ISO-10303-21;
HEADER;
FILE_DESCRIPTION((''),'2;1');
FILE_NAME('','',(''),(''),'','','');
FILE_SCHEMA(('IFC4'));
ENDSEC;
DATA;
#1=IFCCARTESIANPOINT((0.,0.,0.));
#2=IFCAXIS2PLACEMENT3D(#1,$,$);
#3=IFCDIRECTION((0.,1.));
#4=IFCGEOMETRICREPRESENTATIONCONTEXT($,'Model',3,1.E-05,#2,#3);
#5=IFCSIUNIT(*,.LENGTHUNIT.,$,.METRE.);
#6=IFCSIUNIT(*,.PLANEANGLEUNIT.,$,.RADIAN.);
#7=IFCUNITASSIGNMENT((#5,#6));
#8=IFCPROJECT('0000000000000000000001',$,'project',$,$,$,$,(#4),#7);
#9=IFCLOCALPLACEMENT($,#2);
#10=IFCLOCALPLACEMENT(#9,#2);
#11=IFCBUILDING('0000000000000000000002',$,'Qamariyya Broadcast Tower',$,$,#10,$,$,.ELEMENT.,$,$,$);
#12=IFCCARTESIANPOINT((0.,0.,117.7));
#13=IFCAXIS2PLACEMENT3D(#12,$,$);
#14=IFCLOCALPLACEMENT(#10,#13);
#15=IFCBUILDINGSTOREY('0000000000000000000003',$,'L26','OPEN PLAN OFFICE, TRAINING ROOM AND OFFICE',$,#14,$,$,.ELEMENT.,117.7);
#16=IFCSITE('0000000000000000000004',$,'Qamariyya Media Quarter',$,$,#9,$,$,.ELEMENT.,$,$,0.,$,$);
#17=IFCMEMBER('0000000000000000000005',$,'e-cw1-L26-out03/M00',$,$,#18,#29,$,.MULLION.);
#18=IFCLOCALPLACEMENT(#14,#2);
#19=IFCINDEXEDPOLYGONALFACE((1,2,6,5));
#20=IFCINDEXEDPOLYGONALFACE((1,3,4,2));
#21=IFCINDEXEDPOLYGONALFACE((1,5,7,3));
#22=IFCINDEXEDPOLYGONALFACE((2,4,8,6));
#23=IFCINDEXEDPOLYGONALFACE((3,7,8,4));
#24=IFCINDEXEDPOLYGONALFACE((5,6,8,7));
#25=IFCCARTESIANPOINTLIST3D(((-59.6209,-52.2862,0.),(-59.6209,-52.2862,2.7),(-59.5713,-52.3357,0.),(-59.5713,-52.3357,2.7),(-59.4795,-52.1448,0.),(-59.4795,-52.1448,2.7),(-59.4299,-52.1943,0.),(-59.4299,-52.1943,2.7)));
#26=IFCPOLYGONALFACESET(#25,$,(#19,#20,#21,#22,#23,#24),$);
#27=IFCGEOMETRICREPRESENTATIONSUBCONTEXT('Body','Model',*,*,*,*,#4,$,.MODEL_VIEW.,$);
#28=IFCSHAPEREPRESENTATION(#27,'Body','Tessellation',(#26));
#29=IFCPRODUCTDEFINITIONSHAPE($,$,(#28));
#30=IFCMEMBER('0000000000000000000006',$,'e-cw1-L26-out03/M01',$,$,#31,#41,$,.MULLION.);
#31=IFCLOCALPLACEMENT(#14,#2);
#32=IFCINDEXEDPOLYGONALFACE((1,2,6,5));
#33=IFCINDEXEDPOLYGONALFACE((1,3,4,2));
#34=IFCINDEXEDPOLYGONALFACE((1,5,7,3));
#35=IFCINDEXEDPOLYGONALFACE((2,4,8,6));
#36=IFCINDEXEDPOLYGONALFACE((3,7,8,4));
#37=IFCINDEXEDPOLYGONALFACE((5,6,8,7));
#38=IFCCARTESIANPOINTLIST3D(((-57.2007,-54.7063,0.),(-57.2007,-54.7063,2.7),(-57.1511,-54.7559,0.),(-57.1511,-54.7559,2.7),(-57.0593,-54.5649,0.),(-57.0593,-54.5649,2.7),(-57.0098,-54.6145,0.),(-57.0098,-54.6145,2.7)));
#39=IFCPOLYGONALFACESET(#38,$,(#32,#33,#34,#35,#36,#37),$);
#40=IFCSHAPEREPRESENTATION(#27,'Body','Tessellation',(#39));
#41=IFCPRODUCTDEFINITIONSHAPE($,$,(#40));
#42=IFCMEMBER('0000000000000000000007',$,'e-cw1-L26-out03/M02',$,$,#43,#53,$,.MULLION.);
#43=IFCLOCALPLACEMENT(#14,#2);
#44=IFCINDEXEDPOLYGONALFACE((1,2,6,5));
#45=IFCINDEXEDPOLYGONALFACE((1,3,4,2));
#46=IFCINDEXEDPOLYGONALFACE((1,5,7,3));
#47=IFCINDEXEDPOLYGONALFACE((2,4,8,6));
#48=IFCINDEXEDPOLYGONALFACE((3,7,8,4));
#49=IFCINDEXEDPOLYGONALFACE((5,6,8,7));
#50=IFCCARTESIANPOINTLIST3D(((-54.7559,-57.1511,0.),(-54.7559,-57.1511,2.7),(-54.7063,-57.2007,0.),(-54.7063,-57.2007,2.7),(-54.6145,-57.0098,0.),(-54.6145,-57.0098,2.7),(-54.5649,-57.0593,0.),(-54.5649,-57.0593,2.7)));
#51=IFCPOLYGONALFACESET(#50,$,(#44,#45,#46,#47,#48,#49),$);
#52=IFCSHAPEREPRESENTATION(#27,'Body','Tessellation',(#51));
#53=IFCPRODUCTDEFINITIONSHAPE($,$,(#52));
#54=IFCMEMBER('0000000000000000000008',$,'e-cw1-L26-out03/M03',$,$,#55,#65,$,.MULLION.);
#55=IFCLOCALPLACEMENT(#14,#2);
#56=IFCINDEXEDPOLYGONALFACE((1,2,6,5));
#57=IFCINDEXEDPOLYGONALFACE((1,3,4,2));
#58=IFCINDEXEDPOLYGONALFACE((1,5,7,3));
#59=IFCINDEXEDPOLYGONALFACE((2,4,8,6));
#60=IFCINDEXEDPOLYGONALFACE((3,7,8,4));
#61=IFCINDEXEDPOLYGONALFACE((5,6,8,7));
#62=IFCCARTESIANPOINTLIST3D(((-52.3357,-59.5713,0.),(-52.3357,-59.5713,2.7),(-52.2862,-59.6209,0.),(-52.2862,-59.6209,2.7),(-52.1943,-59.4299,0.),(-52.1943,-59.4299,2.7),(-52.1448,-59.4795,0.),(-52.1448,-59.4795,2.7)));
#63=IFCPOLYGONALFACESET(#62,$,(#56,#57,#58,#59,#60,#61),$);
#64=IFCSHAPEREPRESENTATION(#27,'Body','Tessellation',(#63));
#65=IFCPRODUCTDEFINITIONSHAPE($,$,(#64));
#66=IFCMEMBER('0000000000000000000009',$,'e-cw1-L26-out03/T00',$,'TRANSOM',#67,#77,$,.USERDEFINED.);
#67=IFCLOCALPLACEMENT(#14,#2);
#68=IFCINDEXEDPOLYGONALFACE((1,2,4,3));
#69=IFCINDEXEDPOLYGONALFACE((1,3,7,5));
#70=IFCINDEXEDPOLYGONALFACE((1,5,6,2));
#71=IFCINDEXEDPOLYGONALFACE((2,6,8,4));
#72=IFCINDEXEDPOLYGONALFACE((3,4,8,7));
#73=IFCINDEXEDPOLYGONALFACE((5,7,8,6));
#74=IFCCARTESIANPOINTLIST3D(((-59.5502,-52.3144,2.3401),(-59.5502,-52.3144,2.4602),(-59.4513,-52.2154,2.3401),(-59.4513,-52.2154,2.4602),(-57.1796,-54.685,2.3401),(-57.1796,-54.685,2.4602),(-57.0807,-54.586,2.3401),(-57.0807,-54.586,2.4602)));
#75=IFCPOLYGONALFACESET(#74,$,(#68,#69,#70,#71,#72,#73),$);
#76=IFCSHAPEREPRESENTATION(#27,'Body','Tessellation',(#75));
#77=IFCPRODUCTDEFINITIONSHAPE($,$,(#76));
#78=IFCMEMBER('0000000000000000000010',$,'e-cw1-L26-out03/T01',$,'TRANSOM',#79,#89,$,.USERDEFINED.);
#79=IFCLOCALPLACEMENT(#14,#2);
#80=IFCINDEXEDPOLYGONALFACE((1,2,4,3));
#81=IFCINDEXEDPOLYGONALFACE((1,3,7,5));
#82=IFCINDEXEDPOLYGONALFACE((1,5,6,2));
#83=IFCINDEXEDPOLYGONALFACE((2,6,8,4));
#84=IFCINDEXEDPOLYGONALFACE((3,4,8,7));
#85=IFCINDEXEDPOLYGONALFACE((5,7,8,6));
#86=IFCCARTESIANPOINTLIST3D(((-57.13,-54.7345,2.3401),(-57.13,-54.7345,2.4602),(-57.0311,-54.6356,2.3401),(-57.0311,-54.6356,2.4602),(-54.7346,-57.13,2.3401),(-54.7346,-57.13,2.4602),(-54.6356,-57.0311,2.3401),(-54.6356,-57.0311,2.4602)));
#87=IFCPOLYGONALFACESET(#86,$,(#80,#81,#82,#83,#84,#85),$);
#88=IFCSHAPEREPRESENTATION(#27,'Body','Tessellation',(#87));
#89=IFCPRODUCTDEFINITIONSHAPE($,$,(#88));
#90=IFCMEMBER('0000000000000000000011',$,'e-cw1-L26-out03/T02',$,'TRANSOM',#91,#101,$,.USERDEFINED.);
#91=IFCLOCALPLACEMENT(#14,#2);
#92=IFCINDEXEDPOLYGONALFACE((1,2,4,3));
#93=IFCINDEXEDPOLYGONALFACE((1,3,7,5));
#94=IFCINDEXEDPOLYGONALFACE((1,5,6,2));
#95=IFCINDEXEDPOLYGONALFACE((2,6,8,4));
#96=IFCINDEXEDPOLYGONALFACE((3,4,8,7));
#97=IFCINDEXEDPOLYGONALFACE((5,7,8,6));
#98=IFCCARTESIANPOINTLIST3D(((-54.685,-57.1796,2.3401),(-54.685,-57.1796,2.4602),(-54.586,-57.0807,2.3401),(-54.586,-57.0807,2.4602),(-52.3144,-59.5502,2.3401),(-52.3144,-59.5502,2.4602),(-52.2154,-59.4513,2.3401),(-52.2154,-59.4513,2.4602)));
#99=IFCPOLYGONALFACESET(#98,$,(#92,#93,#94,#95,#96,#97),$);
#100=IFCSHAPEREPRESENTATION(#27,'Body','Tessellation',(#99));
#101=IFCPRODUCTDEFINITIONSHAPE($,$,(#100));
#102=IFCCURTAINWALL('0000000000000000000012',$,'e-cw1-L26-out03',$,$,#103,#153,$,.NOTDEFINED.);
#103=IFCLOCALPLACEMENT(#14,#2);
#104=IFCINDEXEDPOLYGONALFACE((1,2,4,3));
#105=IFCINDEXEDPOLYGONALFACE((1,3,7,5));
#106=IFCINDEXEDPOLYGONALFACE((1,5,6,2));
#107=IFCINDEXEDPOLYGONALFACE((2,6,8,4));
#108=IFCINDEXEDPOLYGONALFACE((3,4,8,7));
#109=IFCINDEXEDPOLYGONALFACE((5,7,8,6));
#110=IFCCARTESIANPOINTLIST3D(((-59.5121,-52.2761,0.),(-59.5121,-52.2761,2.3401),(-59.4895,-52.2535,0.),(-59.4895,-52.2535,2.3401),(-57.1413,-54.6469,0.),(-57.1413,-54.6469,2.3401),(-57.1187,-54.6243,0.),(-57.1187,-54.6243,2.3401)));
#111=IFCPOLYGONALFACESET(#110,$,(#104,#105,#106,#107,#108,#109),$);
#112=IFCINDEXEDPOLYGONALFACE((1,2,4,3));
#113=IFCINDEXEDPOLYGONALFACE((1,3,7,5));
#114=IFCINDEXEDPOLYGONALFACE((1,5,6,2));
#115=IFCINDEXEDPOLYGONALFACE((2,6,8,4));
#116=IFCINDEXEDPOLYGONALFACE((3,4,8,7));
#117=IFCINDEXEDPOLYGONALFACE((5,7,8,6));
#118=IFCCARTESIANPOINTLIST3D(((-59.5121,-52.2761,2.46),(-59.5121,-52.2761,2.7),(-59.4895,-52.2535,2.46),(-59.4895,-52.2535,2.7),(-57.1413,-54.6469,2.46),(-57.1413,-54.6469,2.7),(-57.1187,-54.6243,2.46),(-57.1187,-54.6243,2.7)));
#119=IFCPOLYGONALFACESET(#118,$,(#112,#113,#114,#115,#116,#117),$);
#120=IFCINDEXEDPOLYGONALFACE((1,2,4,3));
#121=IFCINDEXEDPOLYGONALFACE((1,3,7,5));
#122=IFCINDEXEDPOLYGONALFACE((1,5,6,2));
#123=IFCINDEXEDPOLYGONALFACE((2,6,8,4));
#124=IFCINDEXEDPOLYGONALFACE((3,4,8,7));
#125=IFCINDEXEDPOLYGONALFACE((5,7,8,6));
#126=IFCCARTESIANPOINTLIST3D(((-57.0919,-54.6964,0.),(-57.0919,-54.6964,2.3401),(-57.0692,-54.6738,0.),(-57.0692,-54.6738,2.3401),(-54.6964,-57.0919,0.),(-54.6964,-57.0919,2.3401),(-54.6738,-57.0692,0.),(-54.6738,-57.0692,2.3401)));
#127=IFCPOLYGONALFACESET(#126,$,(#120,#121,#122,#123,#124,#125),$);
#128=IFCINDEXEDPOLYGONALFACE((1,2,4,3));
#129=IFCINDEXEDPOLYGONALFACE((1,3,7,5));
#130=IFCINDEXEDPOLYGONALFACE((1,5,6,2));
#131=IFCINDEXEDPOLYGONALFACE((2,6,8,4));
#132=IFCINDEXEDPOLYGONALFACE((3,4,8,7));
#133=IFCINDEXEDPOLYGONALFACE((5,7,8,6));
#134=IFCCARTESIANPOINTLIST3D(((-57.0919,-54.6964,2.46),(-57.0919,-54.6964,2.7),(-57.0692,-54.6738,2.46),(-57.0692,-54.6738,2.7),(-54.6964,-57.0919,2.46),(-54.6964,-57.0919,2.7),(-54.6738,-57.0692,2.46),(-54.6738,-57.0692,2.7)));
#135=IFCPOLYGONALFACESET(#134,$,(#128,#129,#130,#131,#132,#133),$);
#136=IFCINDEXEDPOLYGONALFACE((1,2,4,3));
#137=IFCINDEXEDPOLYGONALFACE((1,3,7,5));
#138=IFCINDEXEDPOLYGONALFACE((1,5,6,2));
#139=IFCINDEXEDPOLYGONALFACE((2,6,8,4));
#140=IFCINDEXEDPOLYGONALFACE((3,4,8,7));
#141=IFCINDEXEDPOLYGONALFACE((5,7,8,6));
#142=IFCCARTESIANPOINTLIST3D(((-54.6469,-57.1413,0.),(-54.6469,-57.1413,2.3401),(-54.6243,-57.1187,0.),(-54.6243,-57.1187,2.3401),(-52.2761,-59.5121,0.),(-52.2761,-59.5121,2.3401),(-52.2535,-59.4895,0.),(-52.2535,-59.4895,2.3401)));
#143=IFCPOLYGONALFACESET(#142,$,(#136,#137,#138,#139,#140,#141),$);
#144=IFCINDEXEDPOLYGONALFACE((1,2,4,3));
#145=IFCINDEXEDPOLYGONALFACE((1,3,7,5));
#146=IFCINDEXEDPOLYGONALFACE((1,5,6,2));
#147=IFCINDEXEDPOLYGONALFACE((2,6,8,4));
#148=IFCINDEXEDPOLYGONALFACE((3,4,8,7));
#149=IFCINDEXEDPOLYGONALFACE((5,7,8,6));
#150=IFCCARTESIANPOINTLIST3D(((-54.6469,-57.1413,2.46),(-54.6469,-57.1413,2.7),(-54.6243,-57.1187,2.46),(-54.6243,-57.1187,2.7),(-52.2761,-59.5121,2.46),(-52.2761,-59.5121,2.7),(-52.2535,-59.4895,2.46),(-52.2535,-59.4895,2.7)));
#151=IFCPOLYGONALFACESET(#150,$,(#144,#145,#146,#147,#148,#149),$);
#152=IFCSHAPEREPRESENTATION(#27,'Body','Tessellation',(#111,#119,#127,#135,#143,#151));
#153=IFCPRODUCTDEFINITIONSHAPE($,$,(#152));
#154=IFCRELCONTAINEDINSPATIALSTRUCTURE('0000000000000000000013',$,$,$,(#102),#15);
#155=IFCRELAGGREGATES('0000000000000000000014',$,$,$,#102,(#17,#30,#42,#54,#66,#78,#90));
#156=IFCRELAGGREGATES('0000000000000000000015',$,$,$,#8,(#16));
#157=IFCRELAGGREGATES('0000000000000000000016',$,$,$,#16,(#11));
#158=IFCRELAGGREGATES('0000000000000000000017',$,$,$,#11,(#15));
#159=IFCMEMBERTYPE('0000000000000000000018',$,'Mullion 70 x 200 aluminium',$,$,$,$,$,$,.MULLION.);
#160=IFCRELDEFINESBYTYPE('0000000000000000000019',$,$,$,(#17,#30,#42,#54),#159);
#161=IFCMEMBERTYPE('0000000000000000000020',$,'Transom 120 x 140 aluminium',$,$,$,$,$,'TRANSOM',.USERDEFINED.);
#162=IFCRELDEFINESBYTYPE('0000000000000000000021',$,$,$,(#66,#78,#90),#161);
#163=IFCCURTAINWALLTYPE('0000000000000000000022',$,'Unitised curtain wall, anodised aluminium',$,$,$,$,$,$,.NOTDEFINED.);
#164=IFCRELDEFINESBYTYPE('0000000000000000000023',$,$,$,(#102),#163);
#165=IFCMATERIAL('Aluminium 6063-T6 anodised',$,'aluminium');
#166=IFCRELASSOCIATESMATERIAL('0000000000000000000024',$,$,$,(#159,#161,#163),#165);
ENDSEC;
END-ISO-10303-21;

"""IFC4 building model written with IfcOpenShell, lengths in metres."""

from ifc_helpers import new_model, si_unit, direction, frame, origin, origin_2d, place, context, subcontext, project, spatial, rectangle, extrude, material, material_profile, profile_set, type_object, element, aggregate, save


model = new_model("IFC4")

# Units and contexts
model_context = context("Model", 3, precision=1e-05, world=origin(), true_north=direction((0.0, 1.0)))
body_context = subcontext(model_context, "Body", "Model", "MODEL_VIEW")
ifc_project = project(units=[si_unit("LENGTHUNIT", "METRE"), si_unit("PLANEANGLEUNIT", "RADIAN")], contexts=[model_context])

# Members
ifc_material_1 = material(Name="Aluminium 6063-T6 anodised", Category="aluminium")
ifc_material_profile_1 = material_profile(ifc_material_1, rectangle(XDim=0.2, YDim=0.0701, at=origin_2d()))
ifc_profile_set_1 = profile_set([ifc_material_profile_1], Name="Aluminium 6063-T6 anodised")
member_type_1 = type_object("IfcMemberType", Name="Mullion 70 x 200 aluminium", PredefinedType="MULLION", material=ifc_profile_set_1)
site_placement = place(None, origin())
building_placement = place(site_placement, origin())
storey_placement = place(building_placement, frame((0.0, 0.0, 117.7)))
member_1_placement = place(storey_placement, frame((-59.5254, -52.2402, 0.0), z_axis=(0.0, 0.0, 1.0), x_axis=(0.707107, 0.707107, 0.0)))
member_1 = element("IfcMember", 1, at=member_1_placement, type_object=member_type_1, Name="e-cw1-L26-out03/M00", PredefinedType="MULLION", context=body_context, shape_type="SweptSolid", body=[
    extrude(rectangle(XDim=0.2, YDim=0.0701, at=origin_2d()), origin(), (0.0, 0.0, 1.0), 2.7),
])
member_2_placement = place(storey_placement, frame((-57.1052, -54.6604, 0.0), z_axis=(0.0, 0.0, 1.0), x_axis=(0.707107, 0.707107, 0.0)))
member_2 = element("IfcMember", 2, at=member_2_placement, type_object=member_type_1, Name="e-cw1-L26-out03/M01", PredefinedType="MULLION", context=body_context, shape_type="SweptSolid", body=[
    extrude(rectangle(XDim=0.2, YDim=0.0701, at=origin_2d()), origin(), (0.0, 0.0, 1.0), 2.7),
])
member_3_placement = place(storey_placement, frame((-54.6604, -57.1052, 0.0), z_axis=(0.0, 0.0, 1.0), x_axis=(0.707107, 0.707107, 0.0)))
member_3 = element("IfcMember", 3, at=member_3_placement, type_object=member_type_1, Name="e-cw1-L26-out03/M02", PredefinedType="MULLION", context=body_context, shape_type="SweptSolid", body=[
    extrude(rectangle(XDim=0.2, YDim=0.0701, at=origin_2d()), origin(), (0.0, 0.0, 1.0), 2.7),
])
member_4_placement = place(storey_placement, frame((-52.2402, -59.5254, 0.0), z_axis=(0.0, 0.0, 1.0), x_axis=(0.707107, 0.707107, 0.0)))
member_4 = element("IfcMember", 4, at=member_4_placement, type_object=member_type_1, Name="e-cw1-L26-out03/M03", PredefinedType="MULLION", context=body_context, shape_type="SweptSolid", body=[
    extrude(rectangle(XDim=0.2, YDim=0.0701, at=origin_2d()), origin(), (0.0, 0.0, 1.0), 2.7),
])
ifc_material_profile_2 = material_profile(ifc_material_1, rectangle(XDim=0.1399, YDim=0.1201, at=origin_2d()))
ifc_profile_set_2 = profile_set([ifc_material_profile_2], Name="Aluminium 6063-T6 anodised")
member_type_2 = type_object("IfcMemberType", Name="Transom 120 x 140 aluminium", ElementType="TRANSOM", PredefinedType="USERDEFINED", material=ifc_profile_set_2)
member_5_placement = place(storey_placement, frame((-59.5007, -52.2649, 2.4001), z_axis=(0.707107, -0.707107, 0.0), x_axis=(0.707107, 0.707107, 0.0)))
member_5 = element("IfcMember", 5, at=member_5_placement, type_object=member_type_2, Name="e-cw1-L26-out03/T00", ObjectType="TRANSOM", PredefinedType="USERDEFINED", context=body_context, shape_type="SweptSolid", body=[
    extrude(rectangle(XDim=0.1399, YDim=0.1201, at=origin_2d()), origin(), (0.0, 0.0, 1.0), 3.3525),
])
member_6_placement = place(storey_placement, frame((-57.0806, -54.6851, 2.4001), z_axis=(0.707107, -0.707107, 0.0), x_axis=(0.707107, 0.707107, 0.0)))
member_6 = element("IfcMember", 6, at=member_6_placement, type_object=member_type_2, Name="e-cw1-L26-out03/T01", ObjectType="TRANSOM", PredefinedType="USERDEFINED", context=body_context, shape_type="SweptSolid", body=[
    extrude(rectangle(XDim=0.1399, YDim=0.1201, at=origin_2d()), origin(), (0.0, 0.0, 1.0), 3.3877),
])
member_7_placement = place(storey_placement, frame((-54.6355, -57.1301, 2.4001), z_axis=(0.707107, -0.707107, 0.0), x_axis=(0.707107, 0.707107, 0.0)))
member_7 = element("IfcMember", 7, at=member_7_placement, type_object=member_type_2, Name="e-cw1-L26-out03/T02", ObjectType="TRANSOM", PredefinedType="USERDEFINED", context=body_context, shape_type="SweptSolid", body=[
    extrude(rectangle(XDim=0.1399, YDim=0.1201, at=origin_2d()), origin(), (0.0, 0.0, 1.0), 3.3525),
])

# Site, building, storey
site = spatial("IfcSite", under=ifc_project, at=site_placement, Name="Qamariyya Media Quarter", CompositionType="ELEMENT", RefElevation=0.0)
building = spatial("IfcBuilding", under=site, at=building_placement, Name="Qamariyya Broadcast Tower", CompositionType="ELEMENT")
storey = spatial("IfcBuildingStorey", under=building, at=storey_placement, Name="L26", Description="OPEN PLAN OFFICE, TRAINING ROOM AND OFFICE", CompositionType="ELEMENT", Elevation=117.7)

# Curtain wall
curtain_wall_type = type_object("IfcCurtainWallType", Name="Unitised curtain wall, anodised aluminium", PredefinedType="NOTDEFINED", material=ifc_material_1)
curtain_wall_1_placement = place(storey_placement, origin())
curtain_wall_1 = element("IfcCurtainWall", 8, at=curtain_wall_1_placement, inside=storey, type_object=curtain_wall_type, Name="e-cw1-L26-out03", PredefinedType="NOTDEFINED", context=body_context, shape_type="SweptSolid", body=[
    extrude(rectangle(XDim=3.3528, YDim=0.032, at=origin_2d()), frame((-58.3154, -53.4502, 0.0), x_axis=(0.707107, -0.707107, 0.0)), (0.0, 0.0, 1.0), 2.3401),
    extrude(rectangle(XDim=3.3528, YDim=0.032, at=origin_2d()), frame((-58.3154, -53.4502, 2.46), x_axis=(0.707107, -0.707107, 0.0)), (0.0, 0.0, 1.0), 0.24),
    extrude(rectangle(XDim=3.3877, YDim=0.032, at=origin_2d()), frame((-55.8828, -55.8828, 0.0), x_axis=(0.707107, -0.707107, 0.0)), (0.0, 0.0, 1.0), 2.3401),
    extrude(rectangle(XDim=3.3877, YDim=0.032, at=origin_2d()), frame((-55.8828, -55.8828, 2.46), x_axis=(0.707107, -0.707107, 0.0)), (0.0, 0.0, 1.0), 0.24),
    extrude(rectangle(XDim=3.3528, YDim=0.032, at=origin_2d()), frame((-53.4502, -58.3154, 0.0), x_axis=(0.707107, -0.707107, 0.0)), (0.0, 0.0, 1.0), 2.3401),
    extrude(rectangle(XDim=3.3528, YDim=0.032, at=origin_2d()), frame((-53.4502, -58.3154, 2.46), x_axis=(0.707107, -0.707107, 0.0)), (0.0, 0.0, 1.0), 0.24),
])
aggregate(curtain_wall_1, [member_1, member_2, member_3, member_4, member_5, member_6, member_7])

save(model, "model.ifc")
